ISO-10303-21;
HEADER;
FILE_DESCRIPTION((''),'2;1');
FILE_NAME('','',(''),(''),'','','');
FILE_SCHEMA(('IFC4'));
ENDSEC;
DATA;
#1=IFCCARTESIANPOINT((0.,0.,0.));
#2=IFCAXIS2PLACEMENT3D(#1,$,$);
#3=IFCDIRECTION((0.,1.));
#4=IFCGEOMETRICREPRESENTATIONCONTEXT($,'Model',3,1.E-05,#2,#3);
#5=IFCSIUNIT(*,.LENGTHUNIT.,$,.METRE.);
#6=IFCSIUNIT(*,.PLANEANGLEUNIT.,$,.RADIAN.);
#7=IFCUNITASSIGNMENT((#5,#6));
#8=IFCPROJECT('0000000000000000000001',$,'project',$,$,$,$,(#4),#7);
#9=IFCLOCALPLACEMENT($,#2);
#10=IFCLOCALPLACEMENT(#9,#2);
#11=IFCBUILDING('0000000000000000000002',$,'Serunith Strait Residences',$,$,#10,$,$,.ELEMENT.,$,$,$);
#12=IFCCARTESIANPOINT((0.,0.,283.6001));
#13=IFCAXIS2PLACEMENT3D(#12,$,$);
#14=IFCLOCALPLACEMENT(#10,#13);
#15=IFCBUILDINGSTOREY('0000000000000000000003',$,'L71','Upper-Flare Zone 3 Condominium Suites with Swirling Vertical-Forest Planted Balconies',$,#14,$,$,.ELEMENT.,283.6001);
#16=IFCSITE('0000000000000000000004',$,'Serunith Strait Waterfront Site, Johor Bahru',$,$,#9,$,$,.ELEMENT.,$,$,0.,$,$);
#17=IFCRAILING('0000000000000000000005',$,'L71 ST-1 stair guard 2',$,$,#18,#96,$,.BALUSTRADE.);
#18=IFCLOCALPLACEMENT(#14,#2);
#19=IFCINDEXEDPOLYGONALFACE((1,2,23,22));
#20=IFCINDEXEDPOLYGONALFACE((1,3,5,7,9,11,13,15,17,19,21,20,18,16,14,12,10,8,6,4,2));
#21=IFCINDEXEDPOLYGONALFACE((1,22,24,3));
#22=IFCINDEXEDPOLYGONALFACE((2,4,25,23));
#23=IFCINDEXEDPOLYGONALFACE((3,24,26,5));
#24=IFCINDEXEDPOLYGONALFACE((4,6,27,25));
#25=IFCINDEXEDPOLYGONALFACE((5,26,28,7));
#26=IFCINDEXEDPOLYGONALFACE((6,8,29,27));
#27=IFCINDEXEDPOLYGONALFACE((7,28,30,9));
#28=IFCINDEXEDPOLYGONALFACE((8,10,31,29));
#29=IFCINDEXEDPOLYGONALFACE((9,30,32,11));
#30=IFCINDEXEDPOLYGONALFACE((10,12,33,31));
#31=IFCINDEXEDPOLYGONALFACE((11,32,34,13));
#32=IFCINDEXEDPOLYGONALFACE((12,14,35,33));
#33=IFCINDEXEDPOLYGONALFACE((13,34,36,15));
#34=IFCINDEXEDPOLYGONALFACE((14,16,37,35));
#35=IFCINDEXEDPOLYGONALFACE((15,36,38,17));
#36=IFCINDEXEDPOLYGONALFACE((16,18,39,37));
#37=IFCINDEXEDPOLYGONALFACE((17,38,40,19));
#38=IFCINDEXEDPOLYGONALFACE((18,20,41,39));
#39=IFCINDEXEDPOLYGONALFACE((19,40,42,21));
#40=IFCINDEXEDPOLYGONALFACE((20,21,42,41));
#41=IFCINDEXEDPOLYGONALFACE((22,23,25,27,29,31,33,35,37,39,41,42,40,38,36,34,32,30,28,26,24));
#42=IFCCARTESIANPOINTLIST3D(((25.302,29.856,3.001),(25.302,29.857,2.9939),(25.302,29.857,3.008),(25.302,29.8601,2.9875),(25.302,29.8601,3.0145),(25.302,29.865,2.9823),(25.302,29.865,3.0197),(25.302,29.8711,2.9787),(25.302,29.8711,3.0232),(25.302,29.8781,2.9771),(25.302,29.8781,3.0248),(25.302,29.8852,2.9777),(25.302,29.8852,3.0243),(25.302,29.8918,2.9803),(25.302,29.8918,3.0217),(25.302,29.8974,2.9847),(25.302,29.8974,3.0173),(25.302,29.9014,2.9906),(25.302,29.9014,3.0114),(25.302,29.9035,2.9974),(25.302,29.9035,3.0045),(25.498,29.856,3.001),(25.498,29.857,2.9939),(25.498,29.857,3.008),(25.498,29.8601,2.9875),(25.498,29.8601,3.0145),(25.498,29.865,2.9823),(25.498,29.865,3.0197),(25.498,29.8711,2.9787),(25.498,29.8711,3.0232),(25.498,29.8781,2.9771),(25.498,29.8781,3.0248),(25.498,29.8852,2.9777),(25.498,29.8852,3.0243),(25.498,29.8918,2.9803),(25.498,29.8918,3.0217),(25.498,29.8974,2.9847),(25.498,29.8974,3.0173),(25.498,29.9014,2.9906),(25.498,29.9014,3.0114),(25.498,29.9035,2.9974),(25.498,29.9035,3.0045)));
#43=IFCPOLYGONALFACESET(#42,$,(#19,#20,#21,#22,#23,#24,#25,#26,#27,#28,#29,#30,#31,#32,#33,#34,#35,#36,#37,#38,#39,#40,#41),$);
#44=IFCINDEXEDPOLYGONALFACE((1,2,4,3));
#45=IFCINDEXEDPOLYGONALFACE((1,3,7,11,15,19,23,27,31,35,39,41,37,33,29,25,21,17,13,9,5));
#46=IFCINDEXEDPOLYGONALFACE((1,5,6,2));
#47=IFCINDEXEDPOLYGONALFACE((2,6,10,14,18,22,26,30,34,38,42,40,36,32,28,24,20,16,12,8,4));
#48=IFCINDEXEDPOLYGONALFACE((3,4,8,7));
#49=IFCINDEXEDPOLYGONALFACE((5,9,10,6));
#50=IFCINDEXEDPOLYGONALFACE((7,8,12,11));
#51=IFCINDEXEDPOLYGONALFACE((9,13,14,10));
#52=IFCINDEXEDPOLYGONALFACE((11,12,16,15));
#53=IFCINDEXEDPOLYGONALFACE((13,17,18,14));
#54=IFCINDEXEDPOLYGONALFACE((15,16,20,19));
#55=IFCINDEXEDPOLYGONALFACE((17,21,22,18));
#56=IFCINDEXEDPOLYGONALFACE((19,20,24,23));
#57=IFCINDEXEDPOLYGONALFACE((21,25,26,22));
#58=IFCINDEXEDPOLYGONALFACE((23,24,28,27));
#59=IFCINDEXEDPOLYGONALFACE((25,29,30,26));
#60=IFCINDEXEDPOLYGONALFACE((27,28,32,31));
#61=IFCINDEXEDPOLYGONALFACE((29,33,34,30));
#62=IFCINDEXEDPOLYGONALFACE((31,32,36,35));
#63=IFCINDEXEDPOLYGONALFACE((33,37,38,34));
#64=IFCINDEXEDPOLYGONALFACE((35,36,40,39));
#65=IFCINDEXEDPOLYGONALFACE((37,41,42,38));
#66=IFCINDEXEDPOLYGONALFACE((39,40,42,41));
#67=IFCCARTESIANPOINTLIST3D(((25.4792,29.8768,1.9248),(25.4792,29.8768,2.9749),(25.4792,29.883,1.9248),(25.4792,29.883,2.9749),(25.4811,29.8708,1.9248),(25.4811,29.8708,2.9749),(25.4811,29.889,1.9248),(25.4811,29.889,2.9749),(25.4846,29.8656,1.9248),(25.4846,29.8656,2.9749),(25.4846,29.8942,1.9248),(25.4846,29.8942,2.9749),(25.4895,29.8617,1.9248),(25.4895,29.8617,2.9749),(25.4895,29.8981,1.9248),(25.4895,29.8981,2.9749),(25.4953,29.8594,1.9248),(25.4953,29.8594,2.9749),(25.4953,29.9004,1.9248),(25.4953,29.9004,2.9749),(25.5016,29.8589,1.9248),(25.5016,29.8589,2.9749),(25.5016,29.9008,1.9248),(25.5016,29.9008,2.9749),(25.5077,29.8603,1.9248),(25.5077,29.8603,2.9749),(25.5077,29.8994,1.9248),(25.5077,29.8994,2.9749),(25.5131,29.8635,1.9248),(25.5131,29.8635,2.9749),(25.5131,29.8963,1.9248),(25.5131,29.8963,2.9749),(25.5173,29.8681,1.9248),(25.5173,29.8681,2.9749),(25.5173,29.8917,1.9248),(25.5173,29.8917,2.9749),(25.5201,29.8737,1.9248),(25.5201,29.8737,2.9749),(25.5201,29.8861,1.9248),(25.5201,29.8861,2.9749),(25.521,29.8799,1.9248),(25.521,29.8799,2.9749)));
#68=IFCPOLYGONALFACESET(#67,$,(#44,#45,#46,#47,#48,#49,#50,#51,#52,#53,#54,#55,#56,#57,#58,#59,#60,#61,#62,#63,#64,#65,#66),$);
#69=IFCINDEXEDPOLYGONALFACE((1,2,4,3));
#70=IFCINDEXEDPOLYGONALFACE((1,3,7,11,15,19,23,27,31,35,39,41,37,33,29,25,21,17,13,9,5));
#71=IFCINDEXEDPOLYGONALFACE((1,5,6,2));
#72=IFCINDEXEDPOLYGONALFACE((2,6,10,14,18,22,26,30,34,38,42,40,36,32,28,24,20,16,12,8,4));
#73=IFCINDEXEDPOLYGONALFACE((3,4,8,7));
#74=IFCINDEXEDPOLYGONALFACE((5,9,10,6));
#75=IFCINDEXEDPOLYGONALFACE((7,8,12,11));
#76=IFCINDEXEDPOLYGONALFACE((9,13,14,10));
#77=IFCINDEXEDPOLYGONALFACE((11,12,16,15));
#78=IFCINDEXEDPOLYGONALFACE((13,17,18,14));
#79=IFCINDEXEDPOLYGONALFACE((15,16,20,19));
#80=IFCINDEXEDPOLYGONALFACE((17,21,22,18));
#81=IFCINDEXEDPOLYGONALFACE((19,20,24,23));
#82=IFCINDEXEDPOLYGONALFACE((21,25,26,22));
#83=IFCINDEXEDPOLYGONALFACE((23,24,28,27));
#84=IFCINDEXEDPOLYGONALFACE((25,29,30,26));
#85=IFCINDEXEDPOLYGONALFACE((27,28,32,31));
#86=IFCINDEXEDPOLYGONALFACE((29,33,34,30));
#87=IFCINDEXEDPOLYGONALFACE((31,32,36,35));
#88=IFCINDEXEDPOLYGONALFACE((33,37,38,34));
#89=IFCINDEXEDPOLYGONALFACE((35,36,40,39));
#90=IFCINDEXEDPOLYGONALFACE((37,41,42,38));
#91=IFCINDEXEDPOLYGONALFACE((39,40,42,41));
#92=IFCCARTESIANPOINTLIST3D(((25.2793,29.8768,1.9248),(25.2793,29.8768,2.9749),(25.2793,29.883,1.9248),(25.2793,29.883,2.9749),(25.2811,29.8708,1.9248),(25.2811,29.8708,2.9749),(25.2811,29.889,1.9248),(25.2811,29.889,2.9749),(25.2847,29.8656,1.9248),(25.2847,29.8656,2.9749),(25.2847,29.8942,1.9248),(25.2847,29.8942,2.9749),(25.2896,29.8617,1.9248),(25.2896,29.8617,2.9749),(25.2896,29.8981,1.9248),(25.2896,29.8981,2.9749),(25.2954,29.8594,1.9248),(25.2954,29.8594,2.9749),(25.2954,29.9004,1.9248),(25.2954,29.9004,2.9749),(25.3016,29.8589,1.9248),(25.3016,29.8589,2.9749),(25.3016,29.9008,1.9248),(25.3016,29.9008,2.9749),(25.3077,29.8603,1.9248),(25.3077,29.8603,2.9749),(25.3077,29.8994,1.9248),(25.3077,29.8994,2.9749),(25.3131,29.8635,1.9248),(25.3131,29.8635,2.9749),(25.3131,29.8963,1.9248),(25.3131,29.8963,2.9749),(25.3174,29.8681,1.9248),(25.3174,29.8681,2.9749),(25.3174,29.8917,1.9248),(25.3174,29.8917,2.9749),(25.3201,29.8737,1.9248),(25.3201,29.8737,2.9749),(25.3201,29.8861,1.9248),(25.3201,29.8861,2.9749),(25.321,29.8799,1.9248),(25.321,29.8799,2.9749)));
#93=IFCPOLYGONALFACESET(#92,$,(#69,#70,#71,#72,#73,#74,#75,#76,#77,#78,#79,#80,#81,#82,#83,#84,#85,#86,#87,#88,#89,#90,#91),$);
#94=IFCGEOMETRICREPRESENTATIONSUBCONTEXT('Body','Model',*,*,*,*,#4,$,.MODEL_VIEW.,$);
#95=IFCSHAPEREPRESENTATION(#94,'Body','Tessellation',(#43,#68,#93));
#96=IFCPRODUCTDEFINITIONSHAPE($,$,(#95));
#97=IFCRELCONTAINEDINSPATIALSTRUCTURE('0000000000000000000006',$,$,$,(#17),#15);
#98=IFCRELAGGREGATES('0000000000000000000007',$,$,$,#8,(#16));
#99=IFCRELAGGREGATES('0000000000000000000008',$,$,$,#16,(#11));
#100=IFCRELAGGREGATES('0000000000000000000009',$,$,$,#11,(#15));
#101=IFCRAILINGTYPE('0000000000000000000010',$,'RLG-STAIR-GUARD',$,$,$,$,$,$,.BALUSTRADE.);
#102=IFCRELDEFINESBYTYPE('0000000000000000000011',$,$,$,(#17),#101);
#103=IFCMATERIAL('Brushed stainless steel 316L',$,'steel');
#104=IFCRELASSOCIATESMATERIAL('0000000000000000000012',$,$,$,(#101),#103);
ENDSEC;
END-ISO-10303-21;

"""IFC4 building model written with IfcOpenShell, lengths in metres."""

from ifc_helpers import new_model, si_unit, direction, frame, origin, origin_2d, place, context, subcontext, project, spatial, circle, extrude, material, type_object, element, save


model = new_model("IFC4")

# Units and contexts
model_context = context("Model", 3, precision=1e-05, world=origin(), true_north=direction((0.0, 1.0)))
body_context = subcontext(model_context, "Body", "Model", "MODEL_VIEW")
ifc_project = project(units=[si_unit("LENGTHUNIT", "METRE"), si_unit("PLANEANGLEUNIT", "RADIAN")], contexts=[model_context])

# Site, building, storey
site_placement = place(None, origin())
site = spatial("IfcSite", under=ifc_project, at=site_placement, Name="Serunith Strait Waterfront Site, Johor Bahru", CompositionType="ELEMENT", RefElevation=0.0)
building_placement = place(site_placement, origin())
building = spatial("IfcBuilding", under=site, at=building_placement, Name="Serunith Strait Residences", CompositionType="ELEMENT")
storey_placement = place(building_placement, frame((0.0, 0.0, 283.6001)))
storey = spatial("IfcBuildingStorey", under=building, at=storey_placement, Name="L71", Description="Upper-Flare Zone 3 Condominium Suites with Swirling Vertical-Forest Planted Balconies", CompositionType="ELEMENT", Elevation=283.6001)

# Railing
ifc_material_1 = material(Name="Brushed stainless steel 316L", Category="steel")
railing_type_1 = type_object("IfcRailingType", Name="RLG-STAIR-GUARD", PredefinedType="BALUSTRADE", material=ifc_material_1)
railing_1_placement = place(storey_placement, frame((25.5, 29.8799, 1.9248)))
element("IfcRailing", 1, at=railing_1_placement, inside=storey, type_object=railing_type_1, Name="L71 ST-1 stair guard 2", PredefinedType="BALUSTRADE", context=body_context, shape_type="SweptSolid", body=[
    extrude(circle(Radius=0.0239, at=origin_2d()), frame((-0.002, 0.0, 1.0762), z_axis=(-1.0, 0.0, 0.0), x_axis=(0.0, -1.0, 0.0)), (0.0, 0.0, 1.0), 0.196),
    extrude(circle(Radius=0.021, at=origin_2d()), origin(), (0.0, 0.0, 1.0), 1.05),
    extrude(circle(Radius=0.021, at=origin_2d()), frame((-0.2, 0.0, 0.0)), (0.0, 0.0, 1.0), 1.05),
])

save(model, "model.ifc")
